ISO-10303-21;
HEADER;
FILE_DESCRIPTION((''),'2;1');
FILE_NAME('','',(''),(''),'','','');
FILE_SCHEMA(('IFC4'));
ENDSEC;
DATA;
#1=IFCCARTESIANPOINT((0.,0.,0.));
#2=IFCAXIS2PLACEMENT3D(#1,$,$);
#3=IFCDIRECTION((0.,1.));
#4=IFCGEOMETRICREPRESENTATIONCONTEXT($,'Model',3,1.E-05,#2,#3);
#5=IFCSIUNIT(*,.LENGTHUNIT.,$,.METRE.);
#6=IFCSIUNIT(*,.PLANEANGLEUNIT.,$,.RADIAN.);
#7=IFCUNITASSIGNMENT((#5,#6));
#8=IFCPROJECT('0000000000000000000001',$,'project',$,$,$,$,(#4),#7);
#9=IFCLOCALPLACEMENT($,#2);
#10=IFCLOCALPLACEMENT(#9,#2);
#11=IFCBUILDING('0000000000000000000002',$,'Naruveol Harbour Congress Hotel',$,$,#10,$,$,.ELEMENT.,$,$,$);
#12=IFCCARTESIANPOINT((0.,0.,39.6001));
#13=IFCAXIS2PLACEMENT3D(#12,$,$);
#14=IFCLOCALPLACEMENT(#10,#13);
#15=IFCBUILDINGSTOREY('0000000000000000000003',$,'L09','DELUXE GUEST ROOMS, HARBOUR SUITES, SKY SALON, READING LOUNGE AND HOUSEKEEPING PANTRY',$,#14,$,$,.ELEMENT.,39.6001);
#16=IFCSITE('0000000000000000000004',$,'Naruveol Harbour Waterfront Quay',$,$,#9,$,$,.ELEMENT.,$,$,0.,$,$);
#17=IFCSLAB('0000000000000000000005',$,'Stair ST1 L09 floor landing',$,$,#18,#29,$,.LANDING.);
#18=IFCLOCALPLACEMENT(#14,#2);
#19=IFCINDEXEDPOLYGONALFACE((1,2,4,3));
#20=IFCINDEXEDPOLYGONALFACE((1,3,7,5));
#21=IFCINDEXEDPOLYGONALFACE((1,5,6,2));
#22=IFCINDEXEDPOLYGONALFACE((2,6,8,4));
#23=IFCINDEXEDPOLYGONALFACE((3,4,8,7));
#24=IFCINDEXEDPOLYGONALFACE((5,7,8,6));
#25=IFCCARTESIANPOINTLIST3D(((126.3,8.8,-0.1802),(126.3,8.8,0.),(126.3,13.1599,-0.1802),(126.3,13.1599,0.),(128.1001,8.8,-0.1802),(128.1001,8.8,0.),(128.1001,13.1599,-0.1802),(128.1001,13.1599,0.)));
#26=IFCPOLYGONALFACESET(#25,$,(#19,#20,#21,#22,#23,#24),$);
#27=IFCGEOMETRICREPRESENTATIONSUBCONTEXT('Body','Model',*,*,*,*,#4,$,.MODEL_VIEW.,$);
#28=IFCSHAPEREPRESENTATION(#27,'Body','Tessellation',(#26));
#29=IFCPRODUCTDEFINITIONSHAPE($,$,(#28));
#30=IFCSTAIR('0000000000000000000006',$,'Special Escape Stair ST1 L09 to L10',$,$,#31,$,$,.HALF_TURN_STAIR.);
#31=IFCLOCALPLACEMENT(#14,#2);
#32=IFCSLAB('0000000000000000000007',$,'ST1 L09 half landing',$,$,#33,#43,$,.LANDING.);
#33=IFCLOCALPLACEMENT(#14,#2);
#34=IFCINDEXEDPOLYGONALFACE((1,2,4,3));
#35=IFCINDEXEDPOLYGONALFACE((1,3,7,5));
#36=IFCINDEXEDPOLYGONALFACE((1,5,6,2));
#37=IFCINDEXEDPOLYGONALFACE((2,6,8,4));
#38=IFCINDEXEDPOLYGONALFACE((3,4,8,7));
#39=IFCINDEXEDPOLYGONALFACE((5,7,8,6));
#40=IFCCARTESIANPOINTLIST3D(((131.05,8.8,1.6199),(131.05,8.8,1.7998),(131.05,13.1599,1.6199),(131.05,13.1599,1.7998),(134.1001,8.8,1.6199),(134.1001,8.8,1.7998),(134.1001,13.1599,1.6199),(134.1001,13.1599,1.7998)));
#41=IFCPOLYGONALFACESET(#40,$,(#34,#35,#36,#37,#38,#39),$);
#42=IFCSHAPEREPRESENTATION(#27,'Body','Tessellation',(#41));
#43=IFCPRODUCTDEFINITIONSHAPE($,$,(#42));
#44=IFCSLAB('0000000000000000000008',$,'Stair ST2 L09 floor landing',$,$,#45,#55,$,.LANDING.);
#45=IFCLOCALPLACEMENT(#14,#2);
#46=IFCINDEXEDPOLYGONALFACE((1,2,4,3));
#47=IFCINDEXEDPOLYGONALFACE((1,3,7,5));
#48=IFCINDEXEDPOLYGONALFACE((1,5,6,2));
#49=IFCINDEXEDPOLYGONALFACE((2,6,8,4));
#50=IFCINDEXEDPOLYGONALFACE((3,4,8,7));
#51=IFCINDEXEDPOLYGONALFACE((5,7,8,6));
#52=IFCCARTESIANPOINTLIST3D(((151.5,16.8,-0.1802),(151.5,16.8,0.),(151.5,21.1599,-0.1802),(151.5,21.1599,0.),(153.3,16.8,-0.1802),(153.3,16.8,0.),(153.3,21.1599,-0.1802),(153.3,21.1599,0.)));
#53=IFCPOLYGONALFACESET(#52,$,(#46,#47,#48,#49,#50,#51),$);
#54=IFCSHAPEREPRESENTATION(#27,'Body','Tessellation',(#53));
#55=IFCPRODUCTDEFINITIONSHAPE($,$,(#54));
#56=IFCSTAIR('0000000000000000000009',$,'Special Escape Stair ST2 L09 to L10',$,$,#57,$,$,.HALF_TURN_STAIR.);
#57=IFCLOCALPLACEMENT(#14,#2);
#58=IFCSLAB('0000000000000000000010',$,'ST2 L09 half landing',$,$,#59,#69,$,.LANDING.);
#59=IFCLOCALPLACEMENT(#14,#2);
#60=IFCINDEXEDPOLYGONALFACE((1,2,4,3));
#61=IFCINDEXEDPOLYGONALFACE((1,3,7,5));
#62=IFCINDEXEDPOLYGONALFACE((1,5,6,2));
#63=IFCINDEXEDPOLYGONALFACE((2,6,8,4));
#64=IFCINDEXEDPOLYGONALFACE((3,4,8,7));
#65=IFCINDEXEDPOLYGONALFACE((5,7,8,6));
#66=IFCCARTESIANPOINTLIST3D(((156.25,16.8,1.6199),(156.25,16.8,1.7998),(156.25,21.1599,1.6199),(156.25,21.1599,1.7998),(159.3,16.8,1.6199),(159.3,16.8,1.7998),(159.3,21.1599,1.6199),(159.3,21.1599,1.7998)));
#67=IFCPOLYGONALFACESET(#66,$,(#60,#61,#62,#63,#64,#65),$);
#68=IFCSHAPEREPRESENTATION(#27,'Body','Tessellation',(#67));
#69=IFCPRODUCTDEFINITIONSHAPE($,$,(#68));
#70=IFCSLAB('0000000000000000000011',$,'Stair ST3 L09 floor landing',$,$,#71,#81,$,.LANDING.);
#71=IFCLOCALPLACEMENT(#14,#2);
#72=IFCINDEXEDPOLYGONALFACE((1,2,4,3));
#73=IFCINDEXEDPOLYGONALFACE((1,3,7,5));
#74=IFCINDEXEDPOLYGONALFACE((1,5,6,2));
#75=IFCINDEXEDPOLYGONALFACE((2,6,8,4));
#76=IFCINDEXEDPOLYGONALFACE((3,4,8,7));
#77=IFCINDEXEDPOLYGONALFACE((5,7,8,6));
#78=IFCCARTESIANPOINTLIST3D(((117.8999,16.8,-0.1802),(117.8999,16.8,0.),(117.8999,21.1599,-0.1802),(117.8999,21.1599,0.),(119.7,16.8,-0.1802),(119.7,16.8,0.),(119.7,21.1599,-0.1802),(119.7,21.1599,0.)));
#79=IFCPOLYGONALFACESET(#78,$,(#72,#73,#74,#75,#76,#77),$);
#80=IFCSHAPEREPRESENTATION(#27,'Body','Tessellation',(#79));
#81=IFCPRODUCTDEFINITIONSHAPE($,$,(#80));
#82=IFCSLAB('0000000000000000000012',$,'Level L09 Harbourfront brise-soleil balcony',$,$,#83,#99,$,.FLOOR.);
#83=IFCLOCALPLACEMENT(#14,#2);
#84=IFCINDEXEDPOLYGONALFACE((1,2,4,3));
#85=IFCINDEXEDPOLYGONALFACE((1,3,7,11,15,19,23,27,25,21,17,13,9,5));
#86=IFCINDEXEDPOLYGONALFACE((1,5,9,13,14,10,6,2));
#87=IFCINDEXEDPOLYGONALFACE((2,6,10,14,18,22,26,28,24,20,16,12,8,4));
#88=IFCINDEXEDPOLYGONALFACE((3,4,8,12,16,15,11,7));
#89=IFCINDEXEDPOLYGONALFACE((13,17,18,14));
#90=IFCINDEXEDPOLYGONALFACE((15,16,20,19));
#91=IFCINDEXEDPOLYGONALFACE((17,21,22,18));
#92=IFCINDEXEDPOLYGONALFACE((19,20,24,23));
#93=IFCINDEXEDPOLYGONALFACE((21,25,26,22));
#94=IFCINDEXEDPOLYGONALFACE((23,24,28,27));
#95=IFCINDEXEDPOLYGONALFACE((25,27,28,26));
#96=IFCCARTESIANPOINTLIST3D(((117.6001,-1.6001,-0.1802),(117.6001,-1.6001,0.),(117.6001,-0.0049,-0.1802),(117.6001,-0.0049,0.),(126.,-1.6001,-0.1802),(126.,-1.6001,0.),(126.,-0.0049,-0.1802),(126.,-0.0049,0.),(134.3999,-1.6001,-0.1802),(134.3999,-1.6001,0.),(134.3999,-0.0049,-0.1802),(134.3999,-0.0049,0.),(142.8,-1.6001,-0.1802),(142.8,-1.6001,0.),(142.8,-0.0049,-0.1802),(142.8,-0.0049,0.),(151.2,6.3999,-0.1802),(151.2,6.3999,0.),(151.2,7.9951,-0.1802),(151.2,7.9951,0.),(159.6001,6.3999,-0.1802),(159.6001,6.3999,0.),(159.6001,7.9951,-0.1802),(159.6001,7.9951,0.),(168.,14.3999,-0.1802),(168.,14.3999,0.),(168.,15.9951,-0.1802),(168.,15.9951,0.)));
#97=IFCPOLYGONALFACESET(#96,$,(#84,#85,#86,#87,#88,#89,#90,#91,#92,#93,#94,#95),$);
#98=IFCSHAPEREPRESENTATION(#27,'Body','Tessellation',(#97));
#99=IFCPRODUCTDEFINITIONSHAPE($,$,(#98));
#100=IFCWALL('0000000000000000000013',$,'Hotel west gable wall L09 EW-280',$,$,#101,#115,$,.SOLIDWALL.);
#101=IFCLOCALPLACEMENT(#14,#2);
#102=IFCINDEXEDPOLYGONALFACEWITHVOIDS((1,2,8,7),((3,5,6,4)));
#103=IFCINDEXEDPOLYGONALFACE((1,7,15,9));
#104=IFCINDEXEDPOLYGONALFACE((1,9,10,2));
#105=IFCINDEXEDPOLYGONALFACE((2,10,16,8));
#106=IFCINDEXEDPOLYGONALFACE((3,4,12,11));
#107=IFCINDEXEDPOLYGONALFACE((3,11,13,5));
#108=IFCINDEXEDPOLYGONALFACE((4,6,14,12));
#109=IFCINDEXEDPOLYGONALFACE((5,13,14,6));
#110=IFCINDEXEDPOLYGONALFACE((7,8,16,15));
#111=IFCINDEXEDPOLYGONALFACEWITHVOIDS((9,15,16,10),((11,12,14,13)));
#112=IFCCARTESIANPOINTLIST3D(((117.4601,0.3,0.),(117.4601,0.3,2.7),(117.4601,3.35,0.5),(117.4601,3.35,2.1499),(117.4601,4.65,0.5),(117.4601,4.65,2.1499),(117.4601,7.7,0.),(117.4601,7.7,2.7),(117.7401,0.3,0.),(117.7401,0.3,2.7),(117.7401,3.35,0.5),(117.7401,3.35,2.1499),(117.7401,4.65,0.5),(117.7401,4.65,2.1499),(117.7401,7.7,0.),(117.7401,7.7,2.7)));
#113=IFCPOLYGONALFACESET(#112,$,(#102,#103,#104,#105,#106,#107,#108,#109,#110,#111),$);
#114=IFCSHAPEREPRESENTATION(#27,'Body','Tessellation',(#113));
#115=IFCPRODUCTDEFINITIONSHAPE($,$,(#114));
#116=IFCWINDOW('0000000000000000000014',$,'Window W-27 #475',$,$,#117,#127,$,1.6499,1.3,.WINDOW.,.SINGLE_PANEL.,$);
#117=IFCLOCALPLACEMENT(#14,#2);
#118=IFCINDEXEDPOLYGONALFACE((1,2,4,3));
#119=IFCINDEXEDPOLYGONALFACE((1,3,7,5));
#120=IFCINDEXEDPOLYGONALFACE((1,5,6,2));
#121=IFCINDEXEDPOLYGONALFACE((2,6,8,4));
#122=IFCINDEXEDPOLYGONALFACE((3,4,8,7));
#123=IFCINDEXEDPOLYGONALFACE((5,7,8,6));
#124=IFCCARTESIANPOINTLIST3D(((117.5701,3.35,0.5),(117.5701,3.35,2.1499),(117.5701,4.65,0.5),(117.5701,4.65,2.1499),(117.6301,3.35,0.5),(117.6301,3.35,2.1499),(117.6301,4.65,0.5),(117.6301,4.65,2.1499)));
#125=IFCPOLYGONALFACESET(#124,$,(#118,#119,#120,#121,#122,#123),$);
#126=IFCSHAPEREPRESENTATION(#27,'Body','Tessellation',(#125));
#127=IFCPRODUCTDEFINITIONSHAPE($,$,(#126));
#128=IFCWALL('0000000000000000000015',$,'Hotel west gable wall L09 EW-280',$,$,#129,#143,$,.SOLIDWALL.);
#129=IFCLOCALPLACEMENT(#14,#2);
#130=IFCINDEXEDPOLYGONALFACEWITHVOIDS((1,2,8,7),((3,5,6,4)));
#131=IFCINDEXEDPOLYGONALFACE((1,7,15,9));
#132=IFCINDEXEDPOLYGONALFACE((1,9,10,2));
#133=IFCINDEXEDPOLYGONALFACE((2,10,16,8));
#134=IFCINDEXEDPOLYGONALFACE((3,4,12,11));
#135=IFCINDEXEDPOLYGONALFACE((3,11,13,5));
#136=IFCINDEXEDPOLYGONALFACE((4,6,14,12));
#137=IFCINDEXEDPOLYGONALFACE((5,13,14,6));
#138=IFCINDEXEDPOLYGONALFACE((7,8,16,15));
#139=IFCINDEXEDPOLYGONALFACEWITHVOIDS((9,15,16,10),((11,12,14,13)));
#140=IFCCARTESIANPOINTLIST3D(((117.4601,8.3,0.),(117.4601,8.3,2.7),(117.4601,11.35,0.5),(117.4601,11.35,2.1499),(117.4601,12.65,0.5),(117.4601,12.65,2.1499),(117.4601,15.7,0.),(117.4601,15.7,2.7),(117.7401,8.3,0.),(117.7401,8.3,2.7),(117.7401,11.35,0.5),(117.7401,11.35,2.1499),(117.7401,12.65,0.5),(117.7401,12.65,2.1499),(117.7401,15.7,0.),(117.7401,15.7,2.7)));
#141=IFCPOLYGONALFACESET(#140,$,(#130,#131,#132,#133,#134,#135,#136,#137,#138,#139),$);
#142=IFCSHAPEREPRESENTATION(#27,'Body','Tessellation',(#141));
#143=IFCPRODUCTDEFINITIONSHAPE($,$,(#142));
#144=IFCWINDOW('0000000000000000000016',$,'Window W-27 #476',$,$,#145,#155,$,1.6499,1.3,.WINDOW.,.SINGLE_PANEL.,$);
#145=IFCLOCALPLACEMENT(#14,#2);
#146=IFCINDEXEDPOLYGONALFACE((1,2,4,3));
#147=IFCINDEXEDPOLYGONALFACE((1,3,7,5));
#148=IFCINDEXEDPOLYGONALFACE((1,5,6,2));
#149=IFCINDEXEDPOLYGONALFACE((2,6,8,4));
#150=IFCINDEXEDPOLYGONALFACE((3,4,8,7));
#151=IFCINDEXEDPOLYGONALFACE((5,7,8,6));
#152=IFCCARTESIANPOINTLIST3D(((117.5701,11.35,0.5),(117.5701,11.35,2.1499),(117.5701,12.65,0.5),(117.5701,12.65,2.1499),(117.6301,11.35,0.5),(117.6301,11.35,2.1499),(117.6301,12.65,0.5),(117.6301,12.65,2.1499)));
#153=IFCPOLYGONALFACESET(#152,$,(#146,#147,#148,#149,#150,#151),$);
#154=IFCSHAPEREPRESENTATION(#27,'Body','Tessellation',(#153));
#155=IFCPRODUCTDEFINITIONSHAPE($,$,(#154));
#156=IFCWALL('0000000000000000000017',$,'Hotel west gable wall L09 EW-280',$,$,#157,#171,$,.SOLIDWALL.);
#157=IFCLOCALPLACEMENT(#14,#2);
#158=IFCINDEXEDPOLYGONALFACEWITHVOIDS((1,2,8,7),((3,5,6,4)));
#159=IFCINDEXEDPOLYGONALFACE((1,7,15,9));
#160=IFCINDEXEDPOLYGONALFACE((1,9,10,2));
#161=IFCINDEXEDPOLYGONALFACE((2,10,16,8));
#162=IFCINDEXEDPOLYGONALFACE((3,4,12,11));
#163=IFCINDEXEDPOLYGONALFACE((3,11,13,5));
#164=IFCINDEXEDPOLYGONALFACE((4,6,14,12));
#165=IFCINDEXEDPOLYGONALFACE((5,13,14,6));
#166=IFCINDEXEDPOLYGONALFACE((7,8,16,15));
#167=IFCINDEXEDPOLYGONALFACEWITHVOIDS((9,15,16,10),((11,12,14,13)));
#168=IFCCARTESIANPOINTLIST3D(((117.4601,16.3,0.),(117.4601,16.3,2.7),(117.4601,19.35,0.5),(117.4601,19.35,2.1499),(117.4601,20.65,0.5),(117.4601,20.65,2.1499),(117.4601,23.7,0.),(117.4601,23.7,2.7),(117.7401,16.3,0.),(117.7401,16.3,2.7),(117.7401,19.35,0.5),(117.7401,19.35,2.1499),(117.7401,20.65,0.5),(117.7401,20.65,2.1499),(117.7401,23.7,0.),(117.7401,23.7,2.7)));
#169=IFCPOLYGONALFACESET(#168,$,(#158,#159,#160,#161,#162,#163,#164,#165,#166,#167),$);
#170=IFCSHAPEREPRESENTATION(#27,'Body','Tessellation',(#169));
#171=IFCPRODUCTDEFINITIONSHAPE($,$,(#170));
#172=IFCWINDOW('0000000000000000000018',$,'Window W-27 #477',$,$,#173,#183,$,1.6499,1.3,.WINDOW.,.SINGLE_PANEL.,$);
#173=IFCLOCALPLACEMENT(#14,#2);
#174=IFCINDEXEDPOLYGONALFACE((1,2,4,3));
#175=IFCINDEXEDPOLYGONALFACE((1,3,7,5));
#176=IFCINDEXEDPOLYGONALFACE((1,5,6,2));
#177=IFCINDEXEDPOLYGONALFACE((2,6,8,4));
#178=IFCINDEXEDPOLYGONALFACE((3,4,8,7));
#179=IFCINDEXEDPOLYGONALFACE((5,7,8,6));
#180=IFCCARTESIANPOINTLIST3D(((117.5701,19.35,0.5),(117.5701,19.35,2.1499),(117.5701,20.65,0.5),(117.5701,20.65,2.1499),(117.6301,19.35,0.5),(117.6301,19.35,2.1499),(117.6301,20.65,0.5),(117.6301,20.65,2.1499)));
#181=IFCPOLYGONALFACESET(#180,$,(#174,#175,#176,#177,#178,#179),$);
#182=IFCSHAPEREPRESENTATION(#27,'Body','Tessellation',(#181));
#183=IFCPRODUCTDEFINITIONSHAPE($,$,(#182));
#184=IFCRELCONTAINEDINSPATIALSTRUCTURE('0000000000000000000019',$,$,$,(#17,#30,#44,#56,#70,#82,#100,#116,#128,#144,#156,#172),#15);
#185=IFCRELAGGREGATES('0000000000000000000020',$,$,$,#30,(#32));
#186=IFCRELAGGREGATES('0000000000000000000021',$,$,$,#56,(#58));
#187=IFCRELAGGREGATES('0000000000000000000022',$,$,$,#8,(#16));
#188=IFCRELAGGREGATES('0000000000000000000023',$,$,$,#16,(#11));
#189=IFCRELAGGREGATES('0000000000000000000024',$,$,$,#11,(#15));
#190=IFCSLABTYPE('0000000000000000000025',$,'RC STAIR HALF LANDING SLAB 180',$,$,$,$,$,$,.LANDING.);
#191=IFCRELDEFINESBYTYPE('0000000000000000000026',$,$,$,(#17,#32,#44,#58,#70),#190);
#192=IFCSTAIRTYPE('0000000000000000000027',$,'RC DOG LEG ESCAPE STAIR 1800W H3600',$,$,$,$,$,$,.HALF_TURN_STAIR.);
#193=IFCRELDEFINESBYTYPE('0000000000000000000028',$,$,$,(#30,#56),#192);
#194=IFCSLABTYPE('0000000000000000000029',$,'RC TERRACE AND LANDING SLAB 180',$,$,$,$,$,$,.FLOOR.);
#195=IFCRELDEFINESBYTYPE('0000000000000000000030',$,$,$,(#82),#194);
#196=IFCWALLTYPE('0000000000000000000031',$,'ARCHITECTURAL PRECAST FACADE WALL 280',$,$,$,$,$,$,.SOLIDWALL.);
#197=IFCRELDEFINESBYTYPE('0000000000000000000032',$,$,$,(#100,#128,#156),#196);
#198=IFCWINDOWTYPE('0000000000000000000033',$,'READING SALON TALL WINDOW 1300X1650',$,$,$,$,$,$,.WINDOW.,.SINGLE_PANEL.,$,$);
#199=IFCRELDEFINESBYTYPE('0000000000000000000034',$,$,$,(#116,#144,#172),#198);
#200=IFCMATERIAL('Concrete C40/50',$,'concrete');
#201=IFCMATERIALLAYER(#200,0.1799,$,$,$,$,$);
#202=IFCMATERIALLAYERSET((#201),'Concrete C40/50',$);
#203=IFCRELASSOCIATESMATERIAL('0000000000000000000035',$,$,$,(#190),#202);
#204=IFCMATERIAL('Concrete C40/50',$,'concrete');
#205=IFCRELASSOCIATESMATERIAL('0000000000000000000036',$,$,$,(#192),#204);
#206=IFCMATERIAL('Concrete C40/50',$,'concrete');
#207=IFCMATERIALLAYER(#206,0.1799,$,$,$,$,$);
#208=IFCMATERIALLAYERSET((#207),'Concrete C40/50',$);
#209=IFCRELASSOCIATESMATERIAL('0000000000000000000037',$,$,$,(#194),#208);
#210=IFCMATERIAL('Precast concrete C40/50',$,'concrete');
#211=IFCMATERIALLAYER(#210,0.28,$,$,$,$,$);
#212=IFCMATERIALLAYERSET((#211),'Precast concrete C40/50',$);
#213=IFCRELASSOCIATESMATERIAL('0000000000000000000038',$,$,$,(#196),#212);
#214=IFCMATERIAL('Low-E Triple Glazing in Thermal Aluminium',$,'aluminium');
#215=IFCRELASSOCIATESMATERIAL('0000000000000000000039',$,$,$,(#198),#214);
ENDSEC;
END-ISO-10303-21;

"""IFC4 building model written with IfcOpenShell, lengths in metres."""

from ifc_helpers import new_model, si_unit, direction, frame, frame_2d, origin, place, context, subcontext, project, spatial, polyline, rectangle, outline, extrude, material, layer, layer_set, type_object, element, fill, aggregate, save


model = new_model("IFC4")

# Units and contexts
model_context = context("Model", 3, precision=1e-05, world=origin(), true_north=direction((0.0, 1.0)))
body_context = subcontext(model_context, "Body", "Model", "MODEL_VIEW")
ifc_project = project(units=[si_unit("LENGTHUNIT", "METRE"), si_unit("PLANEANGLEUNIT", "RADIAN")], contexts=[model_context])

# Site, building, storey
site_placement = place(None, origin())
site = spatial("IfcSite", under=ifc_project, at=site_placement, Name="Naruveol Harbour Waterfront Quay", CompositionType="ELEMENT", RefElevation=0.0)
building_placement = place(site_placement, origin())
building = spatial("IfcBuilding", under=site, at=building_placement, Name="Naruveol Harbour Congress Hotel", CompositionType="ELEMENT")
storey_placement = place(building_placement, frame((0.0, 0.0, 39.6001)))
storey = spatial("IfcBuildingStorey", under=building, at=storey_placement, Name="L09", Description="DELUXE GUEST ROOMS, HARBOUR SUITES, SKY SALON, READING LOUNGE AND HOUSEKEEPING PANTRY", CompositionType="ELEMENT", Elevation=39.6001)

# Slab
ifc_material_1 = material(Name="Concrete C40/50", Category="concrete")
ifc_layer_1 = layer(ifc_material_1, 0.1799)
ifc_layer_set_1 = layer_set([ifc_layer_1], Name="Concrete C40/50")
slab_type_1 = type_object("IfcSlabType", Name="RC STAIR HALF LANDING SLAB 180", PredefinedType="LANDING", material=ifc_layer_set_1)
slab_1_placement = place(storey_placement, frame((0.0, 0.0, -0.1802)))
element("IfcSlab", 1, at=slab_1_placement, inside=storey, type_object=slab_type_1, Name="Stair ST1 L09 floor landing", PredefinedType="LANDING", context=body_context, shape_type="SweptSolid", body=[
    extrude(outline(polyline([(126.3, 8.8), (128.1001, 8.8), (128.1001, 13.1599), (126.3, 13.1599), (126.3, 8.8)])), origin(), (0.0, 0.0, 1.0), 0.1802),
])

# Stair, slab
ifc_material_2 = material(Name="Concrete C40/50", Category="concrete")
stair_type = type_object("IfcStairType", Name="RC DOG LEG ESCAPE STAIR 1800W H3600", PredefinedType="HALF_TURN_STAIR", material=ifc_material_2)
stair_1_placement = place(storey_placement, origin())
stair_1 = element("IfcStair", 2, at=stair_1_placement, inside=storey, type_object=stair_type, Name="Special Escape Stair ST1 L09 to L10", PredefinedType="HALF_TURN_STAIR")
slab_2_placement = place(storey_placement, frame((0.0, 0.0, 1.6199)))
slab_2 = element("IfcSlab", 3, at=slab_2_placement, type_object=slab_type_1, Name="ST1 L09 half landing", PredefinedType="LANDING", context=body_context, shape_type="SweptSolid", body=[
    extrude(outline(polyline([(131.05, 8.8), (134.1001, 8.8), (134.1001, 13.1599), (131.05, 13.1599), (131.05, 8.8)])), origin(), (0.0, 0.0, 1.0), 0.1799),
])
aggregate(stair_1, [slab_2])

# Slab
slab_3_placement = place(storey_placement, frame((0.0, 0.0, -0.1802)))
element("IfcSlab", 4, at=slab_3_placement, inside=storey, type_object=slab_type_1, Name="Stair ST2 L09 floor landing", PredefinedType="LANDING", context=body_context, shape_type="SweptSolid", body=[
    extrude(outline(polyline([(151.5, 16.8), (153.3, 16.8), (153.3, 21.1599), (151.5, 21.1599), (151.5, 16.8)])), origin(), (0.0, 0.0, 1.0), 0.1802),
])

# Stair, slab
stair_2_placement = place(storey_placement, origin())
stair_2 = element("IfcStair", 5, at=stair_2_placement, inside=storey, type_object=stair_type, Name="Special Escape Stair ST2 L09 to L10", PredefinedType="HALF_TURN_STAIR")
slab_4_placement = place(storey_placement, frame((0.0, 0.0, 1.6199)))
slab_4 = element("IfcSlab", 6, at=slab_4_placement, type_object=slab_type_1, Name="ST2 L09 half landing", PredefinedType="LANDING", context=body_context, shape_type="SweptSolid", body=[
    extrude(outline(polyline([(156.25, 16.8), (159.3, 16.8), (159.3, 21.1599), (156.25, 21.1599), (156.25, 16.8)])), origin(), (0.0, 0.0, 1.0), 0.1799),
])
aggregate(stair_2, [slab_4])

# Slabs
slab_5_placement = place(storey_placement, frame((0.0, 0.0, -0.1802)))
element("IfcSlab", 7, at=slab_5_placement, inside=storey, type_object=slab_type_1, Name="Stair ST3 L09 floor landing", PredefinedType="LANDING", context=body_context, shape_type="SweptSolid", body=[
    extrude(outline(polyline([(117.8999, 16.8), (119.7, 16.8), (119.7, 21.1599), (117.8999, 21.1599), (117.8999, 16.8)])), origin(), (0.0, 0.0, 1.0), 0.1802),
])
ifc_material_3 = material(Name="Concrete C40/50", Category="concrete")
ifc_layer_2 = layer(ifc_material_3, 0.1799)
ifc_layer_set_2 = layer_set([ifc_layer_2], Name="Concrete C40/50")
slab_type_2 = type_object("IfcSlabType", Name="RC TERRACE AND LANDING SLAB 180", PredefinedType="FLOOR", material=ifc_layer_set_2)
slab_6_placement = place(storey_placement, frame((0.0, 0.0, -0.1802)))
element("IfcSlab", 8, at=slab_6_placement, inside=storey, type_object=slab_type_2, Name="Level L09 Harbourfront brise-soleil balcony", PredefinedType="FLOOR", context=body_context, shape_type="SweptSolid", body=[
    extrude(outline(polyline([(117.6001, -1.6001), (126.0, -1.6001), (134.3999, -1.6001), (142.8, -1.6001), (151.2, 6.3999), (159.6001, 6.3999), (168.0, 14.3999), (168.0, 15.9951), (159.6001, 7.9951), (151.2, 7.9951), (142.8, -0.0049), (134.3999, -0.0049), (126.0, -0.0049), (117.6001, -0.0049), (117.6001, -1.6001)])), origin(), (0.0, 0.0, 1.0), 0.1802),
])

# Walls, openings, windows
ifc_material_4 = material(Name="Precast concrete C40/50", Category="concrete")
ifc_layer_3 = layer(ifc_material_4, 0.28)
ifc_layer_set_3 = layer_set([ifc_layer_3], Name="Precast concrete C40/50")
wall_type_1 = type_object("IfcWallType", Name="ARCHITECTURAL PRECAST FACADE WALL 280", PredefinedType="SOLIDWALL", material=ifc_layer_set_3)
wall_1_placement = place(storey_placement, frame((117.6001, 0.3, 0.0), z_axis=(0.0, 0.0, 1.0), x_axis=(0.0, 1.0, 0.0)))
wall_1 = element("IfcWall", 9, at=wall_1_placement, inside=storey, type_object=wall_type_1, Name="Hotel west gable wall L09 EW-280", PredefinedType="SOLIDWALL", context=body_context, shape_type="SweptSolid", body=[
    extrude(rectangle(XDim=7.3999, YDim=0.28, at=frame_2d((3.7, 0.0))), origin(), (0.0, 0.0, 1.0), 2.7),
])
opening_1_placement = place(wall_1_placement, frame((3.05, 0.0, 0.5)))
opening_1 = element("IfcOpeningElement", 10, at=opening_1_placement, cuts=wall_1, PredefinedType="OPENING", context=body_context, shape_type="SweptSolid", body=[
    extrude(rectangle(XDim=1.3, YDim=1.6499, at=frame_2d((0.6499, 0.825))), frame((0.0, 0.1499, 0.0), z_axis=(0.0, -1.0, 0.0), x_axis=(1.0, 0.0, 0.0)), (0.0, 0.0, 1.0), 0.3),
])
ifc_material_5 = material(Name="Low-E Triple Glazing in Thermal Aluminium", Category="aluminium")
window_type = type_object("IfcWindowType", Name="READING SALON TALL WINDOW 1300X1650", PartitioningType="SINGLE_PANEL", PredefinedType="WINDOW", material=ifc_material_5)
window_1_placement = place(opening_1_placement, origin())
window_1 = element("IfcWindow", 11, at=window_1_placement, inside=storey, type_object=window_type, Name="Window W-27 #475", OverallHeight=1.6499, OverallWidth=1.3, PartitioningType="SINGLE_PANEL", PredefinedType="WINDOW", context=body_context, shape_type="SweptSolid", body=[
    extrude(rectangle(XDim=1.3, YDim=1.6499, at=frame_2d((0.6499, 0.825))), frame((0.0, 0.03, 0.0), z_axis=(0.0, -1.0, 0.0), x_axis=(1.0, 0.0, 0.0)), (0.0, 0.0, 1.0), 0.0601),
])
fill(opening_1, window_1)
wall_2_placement = place(storey_placement, frame((117.6001, 8.3, 0.0), z_axis=(0.0, 0.0, 1.0), x_axis=(0.0, 1.0, 0.0)))
wall_2 = element("IfcWall", 12, at=wall_2_placement, inside=storey, type_object=wall_type_1, Name="Hotel west gable wall L09 EW-280", PredefinedType="SOLIDWALL", context=body_context, shape_type="SweptSolid", body=[
    extrude(rectangle(XDim=7.3999, YDim=0.28, at=frame_2d((3.7, 0.0))), origin(), (0.0, 0.0, 1.0), 2.7),
])
opening_2_placement = place(wall_2_placement, frame((3.05, 0.0, 0.5)))
opening_2 = element("IfcOpeningElement", 13, at=opening_2_placement, cuts=wall_2, PredefinedType="OPENING", context=body_context, shape_type="SweptSolid", body=[
    extrude(rectangle(XDim=1.3, YDim=1.6499, at=frame_2d((0.6499, 0.825))), frame((0.0, 0.1499, 0.0), z_axis=(0.0, -1.0, 0.0), x_axis=(1.0, 0.0, 0.0)), (0.0, 0.0, 1.0), 0.3),
])
window_2_placement = place(opening_2_placement, origin())
window_2 = element("IfcWindow", 14, at=window_2_placement, inside=storey, type_object=window_type, Name="Window W-27 #476", OverallHeight=1.6499, OverallWidth=1.3, PartitioningType="SINGLE_PANEL", PredefinedType="WINDOW", context=body_context, shape_type="SweptSolid", body=[
    extrude(rectangle(XDim=1.3, YDim=1.6499, at=frame_2d((0.6499, 0.825))), frame((0.0, 0.03, 0.0), z_axis=(0.0, -1.0, 0.0), x_axis=(1.0, 0.0, 0.0)), (0.0, 0.0, 1.0), 0.0601),
])
fill(opening_2, window_2)
wall_3_placement = place(storey_placement, frame((117.6001, 16.3, 0.0), z_axis=(0.0, 0.0, 1.0), x_axis=(0.0, 1.0, 0.0)))
wall_3 = element("IfcWall", 15, at=wall_3_placement, inside=storey, type_object=wall_type_1, Name="Hotel west gable wall L09 EW-280", PredefinedType="SOLIDWALL", context=body_context, shape_type="SweptSolid", body=[
    extrude(rectangle(XDim=7.3999, YDim=0.28, at=frame_2d((3.7, 0.0))), origin(), (0.0, 0.0, 1.0), 2.7),
])
opening_3_placement = place(wall_3_placement, frame((3.05, 0.0, 0.5)))
opening_3 = element("IfcOpeningElement", 16, at=opening_3_placement, cuts=wall_3, PredefinedType="OPENING", context=body_context, shape_type="SweptSolid", body=[
    extrude(rectangle(XDim=1.3, YDim=1.6499, at=frame_2d((0.6499, 0.825))), frame((0.0, 0.1499, 0.0), z_axis=(0.0, -1.0, 0.0), x_axis=(1.0, 0.0, 0.0)), (0.0, 0.0, 1.0), 0.3),
])
window_3_placement = place(opening_3_placement, origin())
window_3 = element("IfcWindow", 17, at=window_3_placement, inside=storey, type_object=window_type, Name="Window W-27 #477", OverallHeight=1.6499, OverallWidth=1.3, PartitioningType="SINGLE_PANEL", PredefinedType="WINDOW", context=body_context, shape_type="SweptSolid", body=[
    extrude(rectangle(XDim=1.3, YDim=1.6499, at=frame_2d((0.6499, 0.825))), frame((0.0, 0.03, 0.0), z_axis=(0.0, -1.0, 0.0), x_axis=(1.0, 0.0, 0.0)), (0.0, 0.0, 1.0), 0.0601),
])
fill(opening_3, window_3)

save(model, "model.ifc")
